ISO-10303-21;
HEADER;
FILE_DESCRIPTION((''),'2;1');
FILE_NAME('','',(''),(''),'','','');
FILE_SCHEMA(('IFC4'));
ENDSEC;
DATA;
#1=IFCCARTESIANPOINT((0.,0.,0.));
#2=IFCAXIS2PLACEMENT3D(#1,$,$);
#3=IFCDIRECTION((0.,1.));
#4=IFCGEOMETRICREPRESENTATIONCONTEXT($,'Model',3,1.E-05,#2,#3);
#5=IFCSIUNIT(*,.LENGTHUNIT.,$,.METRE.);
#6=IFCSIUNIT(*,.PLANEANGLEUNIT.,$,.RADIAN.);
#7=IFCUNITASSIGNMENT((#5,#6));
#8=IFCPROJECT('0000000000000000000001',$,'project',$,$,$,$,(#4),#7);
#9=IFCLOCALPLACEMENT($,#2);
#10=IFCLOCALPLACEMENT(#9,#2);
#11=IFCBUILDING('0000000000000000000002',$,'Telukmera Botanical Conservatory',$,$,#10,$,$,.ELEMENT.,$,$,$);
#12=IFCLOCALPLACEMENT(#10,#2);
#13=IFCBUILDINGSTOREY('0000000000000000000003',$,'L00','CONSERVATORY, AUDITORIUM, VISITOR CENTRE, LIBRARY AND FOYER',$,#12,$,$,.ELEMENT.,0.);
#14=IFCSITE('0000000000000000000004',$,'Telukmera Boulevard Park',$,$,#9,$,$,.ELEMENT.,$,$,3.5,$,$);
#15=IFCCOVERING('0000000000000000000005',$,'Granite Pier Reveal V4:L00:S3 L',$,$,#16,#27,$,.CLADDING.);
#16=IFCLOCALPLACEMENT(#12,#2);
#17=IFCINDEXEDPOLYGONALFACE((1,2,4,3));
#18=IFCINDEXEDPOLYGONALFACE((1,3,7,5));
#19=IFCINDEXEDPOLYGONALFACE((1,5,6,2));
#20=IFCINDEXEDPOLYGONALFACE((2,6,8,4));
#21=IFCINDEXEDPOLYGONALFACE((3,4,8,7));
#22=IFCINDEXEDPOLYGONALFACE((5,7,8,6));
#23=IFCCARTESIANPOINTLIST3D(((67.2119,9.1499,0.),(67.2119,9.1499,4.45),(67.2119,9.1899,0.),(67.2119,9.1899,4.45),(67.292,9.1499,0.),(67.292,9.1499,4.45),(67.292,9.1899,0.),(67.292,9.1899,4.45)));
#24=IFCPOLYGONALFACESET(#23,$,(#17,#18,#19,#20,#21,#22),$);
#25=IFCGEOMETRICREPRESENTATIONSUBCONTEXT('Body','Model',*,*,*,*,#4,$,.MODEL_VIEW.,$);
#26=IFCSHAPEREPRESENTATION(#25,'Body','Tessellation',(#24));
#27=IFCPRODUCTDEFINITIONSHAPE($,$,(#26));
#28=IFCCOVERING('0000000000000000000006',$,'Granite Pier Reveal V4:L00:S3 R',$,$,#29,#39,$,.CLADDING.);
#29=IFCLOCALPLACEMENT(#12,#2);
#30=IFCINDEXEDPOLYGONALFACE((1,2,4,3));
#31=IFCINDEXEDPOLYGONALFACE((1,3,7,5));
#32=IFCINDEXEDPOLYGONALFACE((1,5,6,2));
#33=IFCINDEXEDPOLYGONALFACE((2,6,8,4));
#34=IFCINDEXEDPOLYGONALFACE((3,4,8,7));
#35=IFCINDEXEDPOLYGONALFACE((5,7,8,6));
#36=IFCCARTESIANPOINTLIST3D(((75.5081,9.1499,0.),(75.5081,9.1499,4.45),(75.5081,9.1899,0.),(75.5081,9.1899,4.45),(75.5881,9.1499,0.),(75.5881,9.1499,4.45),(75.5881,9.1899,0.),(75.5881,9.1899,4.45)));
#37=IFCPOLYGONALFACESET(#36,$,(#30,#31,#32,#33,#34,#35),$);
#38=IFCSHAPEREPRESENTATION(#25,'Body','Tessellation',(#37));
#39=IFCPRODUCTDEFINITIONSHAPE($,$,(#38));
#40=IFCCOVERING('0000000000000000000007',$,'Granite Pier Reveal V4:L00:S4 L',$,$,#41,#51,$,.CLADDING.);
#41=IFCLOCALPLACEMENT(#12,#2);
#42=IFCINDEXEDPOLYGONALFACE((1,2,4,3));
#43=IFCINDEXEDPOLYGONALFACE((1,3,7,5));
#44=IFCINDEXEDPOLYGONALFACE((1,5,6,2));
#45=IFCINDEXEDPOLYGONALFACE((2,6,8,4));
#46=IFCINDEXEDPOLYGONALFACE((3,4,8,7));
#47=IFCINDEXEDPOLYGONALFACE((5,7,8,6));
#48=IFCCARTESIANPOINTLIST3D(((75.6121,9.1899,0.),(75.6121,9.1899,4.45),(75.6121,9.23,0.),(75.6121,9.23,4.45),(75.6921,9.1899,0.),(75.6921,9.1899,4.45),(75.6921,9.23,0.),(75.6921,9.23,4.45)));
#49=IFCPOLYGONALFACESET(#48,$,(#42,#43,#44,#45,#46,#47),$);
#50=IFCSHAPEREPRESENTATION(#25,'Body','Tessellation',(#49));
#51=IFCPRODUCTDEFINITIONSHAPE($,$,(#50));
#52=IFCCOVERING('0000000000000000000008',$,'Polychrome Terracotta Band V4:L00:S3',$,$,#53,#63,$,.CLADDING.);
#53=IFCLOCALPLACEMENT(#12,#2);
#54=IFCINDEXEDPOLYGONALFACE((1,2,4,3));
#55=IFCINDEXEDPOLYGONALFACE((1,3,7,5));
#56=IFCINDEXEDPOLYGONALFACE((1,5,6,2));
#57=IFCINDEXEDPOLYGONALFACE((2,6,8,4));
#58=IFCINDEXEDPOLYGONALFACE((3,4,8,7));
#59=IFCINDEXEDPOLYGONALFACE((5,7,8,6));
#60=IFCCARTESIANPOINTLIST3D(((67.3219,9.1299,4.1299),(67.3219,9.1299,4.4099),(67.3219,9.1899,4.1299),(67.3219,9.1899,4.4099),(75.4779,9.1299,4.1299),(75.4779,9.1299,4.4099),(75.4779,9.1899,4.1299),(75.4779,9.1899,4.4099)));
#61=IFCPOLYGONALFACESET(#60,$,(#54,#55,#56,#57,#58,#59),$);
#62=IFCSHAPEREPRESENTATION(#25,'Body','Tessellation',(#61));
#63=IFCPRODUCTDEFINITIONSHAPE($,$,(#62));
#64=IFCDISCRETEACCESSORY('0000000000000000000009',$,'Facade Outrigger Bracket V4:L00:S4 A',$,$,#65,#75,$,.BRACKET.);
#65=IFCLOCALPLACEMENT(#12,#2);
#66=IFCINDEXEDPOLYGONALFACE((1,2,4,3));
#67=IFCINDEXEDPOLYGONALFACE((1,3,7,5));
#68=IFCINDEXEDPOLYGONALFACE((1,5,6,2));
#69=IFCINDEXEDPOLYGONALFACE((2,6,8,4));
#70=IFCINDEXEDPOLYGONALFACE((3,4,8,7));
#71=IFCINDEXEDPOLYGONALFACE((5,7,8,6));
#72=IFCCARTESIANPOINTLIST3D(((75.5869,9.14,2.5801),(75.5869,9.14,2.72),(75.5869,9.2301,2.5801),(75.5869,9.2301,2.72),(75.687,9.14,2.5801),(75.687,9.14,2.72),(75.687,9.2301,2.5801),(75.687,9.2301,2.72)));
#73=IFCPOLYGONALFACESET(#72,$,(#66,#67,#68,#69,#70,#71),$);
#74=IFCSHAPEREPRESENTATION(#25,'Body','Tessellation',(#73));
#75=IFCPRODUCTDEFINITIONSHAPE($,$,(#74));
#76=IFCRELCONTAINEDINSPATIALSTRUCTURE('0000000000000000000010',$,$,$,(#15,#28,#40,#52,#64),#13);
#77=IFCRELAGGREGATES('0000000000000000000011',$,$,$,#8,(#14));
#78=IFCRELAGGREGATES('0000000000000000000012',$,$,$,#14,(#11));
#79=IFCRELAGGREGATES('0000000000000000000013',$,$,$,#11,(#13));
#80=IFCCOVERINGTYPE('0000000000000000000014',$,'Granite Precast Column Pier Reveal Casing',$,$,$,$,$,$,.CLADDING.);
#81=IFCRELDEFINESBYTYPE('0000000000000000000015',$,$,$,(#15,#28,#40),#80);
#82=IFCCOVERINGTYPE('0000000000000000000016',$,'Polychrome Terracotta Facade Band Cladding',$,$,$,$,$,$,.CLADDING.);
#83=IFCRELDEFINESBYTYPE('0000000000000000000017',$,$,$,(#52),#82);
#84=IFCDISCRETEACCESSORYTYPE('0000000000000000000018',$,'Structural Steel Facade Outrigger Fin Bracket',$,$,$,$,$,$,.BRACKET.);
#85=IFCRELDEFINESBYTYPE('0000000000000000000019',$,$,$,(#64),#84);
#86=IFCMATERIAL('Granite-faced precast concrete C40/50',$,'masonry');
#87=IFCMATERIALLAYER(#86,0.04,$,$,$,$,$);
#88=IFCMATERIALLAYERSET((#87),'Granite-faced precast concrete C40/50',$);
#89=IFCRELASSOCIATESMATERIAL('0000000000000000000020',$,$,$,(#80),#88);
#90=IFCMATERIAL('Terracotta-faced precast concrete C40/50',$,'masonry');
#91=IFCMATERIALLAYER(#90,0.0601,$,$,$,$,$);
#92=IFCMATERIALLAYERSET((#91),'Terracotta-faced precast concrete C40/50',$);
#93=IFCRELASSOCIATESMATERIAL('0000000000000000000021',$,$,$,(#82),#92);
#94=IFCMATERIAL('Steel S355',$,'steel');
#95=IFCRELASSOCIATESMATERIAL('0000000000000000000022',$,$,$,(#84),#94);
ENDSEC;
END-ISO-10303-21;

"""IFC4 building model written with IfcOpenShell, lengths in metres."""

from ifc_helpers import new_model, si_unit, direction, frame, origin, origin_2d, place, context, subcontext, project, spatial, rectangle, extrude, material, layer, layer_set, type_object, element, save


model = new_model("IFC4")

# Units and contexts
model_context = context("Model", 3, precision=1e-05, world=origin(), true_north=direction((0.0, 1.0)))
body_context = subcontext(model_context, "Body", "Model", "MODEL_VIEW")
ifc_project = project(units=[si_unit("LENGTHUNIT", "METRE"), si_unit("PLANEANGLEUNIT", "RADIAN")], contexts=[model_context])

# Site, building, storey
site_placement = place(None, origin())
site = spatial("IfcSite", under=ifc_project, at=site_placement, Name="Telukmera Boulevard Park", CompositionType="ELEMENT", RefElevation=3.5)
building_placement = place(site_placement, origin())
building = spatial("IfcBuilding", under=site, at=building_placement, Name="Telukmera Botanical Conservatory", CompositionType="ELEMENT")
storey_placement = place(building_placement, origin())
storey = spatial("IfcBuildingStorey", under=building, at=storey_placement, Name="L00", Description="CONSERVATORY, AUDITORIUM, VISITOR CENTRE, LIBRARY AND FOYER", CompositionType="ELEMENT", Elevation=0.0)

# Shared definitions
ifc_material_1 = material(Name="Granite-faced precast concrete C40/50", Category="masonry")

# Coverings
ifc_layer_1 = layer(ifc_material_1, 0.04)
ifc_layer_set_1 = layer_set([ifc_layer_1], Name="Granite-faced precast concrete C40/50")
covering_type_1 = type_object("IfcCoveringType", Name="Granite Precast Column Pier Reveal Casing", PredefinedType="CLADDING", material=ifc_layer_set_1)
for number, where, z_axis, x_axis, name in (
    (1, (67.252, 9.1699, 0.0), (0.0, 0.0, 1.0), (1.0, 0.0, 0.0), "Granite Pier Reveal V4:L00:S3 L"),
    (2, (75.5481, 9.1699, 0.0), (0.0, 0.0, 1.0), (1.0, 0.0, 0.0), "Granite Pier Reveal V4:L00:S3 R"),
    (3, (75.6521, 9.21, 0.0), (0.0, 0.0, 1.0), (1.0, 0.0, 0.0), "Granite Pier Reveal V4:L00:S4 L"),
):
    element("IfcCovering", number, at=place(storey_placement, frame(where, z_axis=z_axis, x_axis=x_axis)), inside=storey, type_object=covering_type_1, Name=name, PredefinedType="CLADDING", context=body_context, shape_type="SweptSolid", body=[
        extrude(rectangle(XDim=0.0801, YDim=0.04, at=origin_2d()), origin(), (0.0, 0.0, 1.0), 4.45),
    ])
ifc_material_2 = material(Name="Terracotta-faced precast concrete C40/50", Category="masonry")
ifc_layer_2 = layer(ifc_material_2, 0.0601)
ifc_layer_set_2 = layer_set([ifc_layer_2], Name="Terracotta-faced precast concrete C40/50")
covering_type_2 = type_object("IfcCoveringType", Name="Polychrome Terracotta Facade Band Cladding", PredefinedType="CLADDING", material=ifc_layer_set_2)
covering_placement = place(storey_placement, frame((71.3999, 9.1599, 4.1299), z_axis=(0.0, 0.0, 1.0), x_axis=(1.0, 0.0, 0.0)))
element("IfcCovering", 4, at=covering_placement, inside=storey, type_object=covering_type_2, Name="Polychrome Terracotta Band V4:L00:S3", PredefinedType="CLADDING", context=body_context, shape_type="SweptSolid", body=[
    extrude(rectangle(XDim=8.156, YDim=0.0601, at=origin_2d()), origin(), (0.0, 0.0, 1.0), 0.28),
])

# Discrete accessory
ifc_material_3 = material(Name="Steel S355", Category="steel")
discrete_accessory_type = type_object("IfcDiscreteAccessoryType", Name="Structural Steel Facade Outrigger Fin Bracket", PredefinedType="BRACKET", material=ifc_material_3)
discrete_accessory_placement = place(storey_placement, frame((75.637, 9.1851, 2.5801), z_axis=(0.0, 0.0, 1.0), x_axis=(1.0, 0.0, 0.0)))
element("IfcDiscreteAccessory", 5, at=discrete_accessory_placement, inside=storey, type_object=discrete_accessory_type, Name="Facade Outrigger Bracket V4:L00:S4 A", PredefinedType="BRACKET", context=body_context, shape_type="SweptSolid", body=[
    extrude(rectangle(XDim=0.1001, YDim=0.0901, at=origin_2d()), origin(), (0.0, 0.0, 1.0), 0.1399),
])

save(model, "model.ifc")
